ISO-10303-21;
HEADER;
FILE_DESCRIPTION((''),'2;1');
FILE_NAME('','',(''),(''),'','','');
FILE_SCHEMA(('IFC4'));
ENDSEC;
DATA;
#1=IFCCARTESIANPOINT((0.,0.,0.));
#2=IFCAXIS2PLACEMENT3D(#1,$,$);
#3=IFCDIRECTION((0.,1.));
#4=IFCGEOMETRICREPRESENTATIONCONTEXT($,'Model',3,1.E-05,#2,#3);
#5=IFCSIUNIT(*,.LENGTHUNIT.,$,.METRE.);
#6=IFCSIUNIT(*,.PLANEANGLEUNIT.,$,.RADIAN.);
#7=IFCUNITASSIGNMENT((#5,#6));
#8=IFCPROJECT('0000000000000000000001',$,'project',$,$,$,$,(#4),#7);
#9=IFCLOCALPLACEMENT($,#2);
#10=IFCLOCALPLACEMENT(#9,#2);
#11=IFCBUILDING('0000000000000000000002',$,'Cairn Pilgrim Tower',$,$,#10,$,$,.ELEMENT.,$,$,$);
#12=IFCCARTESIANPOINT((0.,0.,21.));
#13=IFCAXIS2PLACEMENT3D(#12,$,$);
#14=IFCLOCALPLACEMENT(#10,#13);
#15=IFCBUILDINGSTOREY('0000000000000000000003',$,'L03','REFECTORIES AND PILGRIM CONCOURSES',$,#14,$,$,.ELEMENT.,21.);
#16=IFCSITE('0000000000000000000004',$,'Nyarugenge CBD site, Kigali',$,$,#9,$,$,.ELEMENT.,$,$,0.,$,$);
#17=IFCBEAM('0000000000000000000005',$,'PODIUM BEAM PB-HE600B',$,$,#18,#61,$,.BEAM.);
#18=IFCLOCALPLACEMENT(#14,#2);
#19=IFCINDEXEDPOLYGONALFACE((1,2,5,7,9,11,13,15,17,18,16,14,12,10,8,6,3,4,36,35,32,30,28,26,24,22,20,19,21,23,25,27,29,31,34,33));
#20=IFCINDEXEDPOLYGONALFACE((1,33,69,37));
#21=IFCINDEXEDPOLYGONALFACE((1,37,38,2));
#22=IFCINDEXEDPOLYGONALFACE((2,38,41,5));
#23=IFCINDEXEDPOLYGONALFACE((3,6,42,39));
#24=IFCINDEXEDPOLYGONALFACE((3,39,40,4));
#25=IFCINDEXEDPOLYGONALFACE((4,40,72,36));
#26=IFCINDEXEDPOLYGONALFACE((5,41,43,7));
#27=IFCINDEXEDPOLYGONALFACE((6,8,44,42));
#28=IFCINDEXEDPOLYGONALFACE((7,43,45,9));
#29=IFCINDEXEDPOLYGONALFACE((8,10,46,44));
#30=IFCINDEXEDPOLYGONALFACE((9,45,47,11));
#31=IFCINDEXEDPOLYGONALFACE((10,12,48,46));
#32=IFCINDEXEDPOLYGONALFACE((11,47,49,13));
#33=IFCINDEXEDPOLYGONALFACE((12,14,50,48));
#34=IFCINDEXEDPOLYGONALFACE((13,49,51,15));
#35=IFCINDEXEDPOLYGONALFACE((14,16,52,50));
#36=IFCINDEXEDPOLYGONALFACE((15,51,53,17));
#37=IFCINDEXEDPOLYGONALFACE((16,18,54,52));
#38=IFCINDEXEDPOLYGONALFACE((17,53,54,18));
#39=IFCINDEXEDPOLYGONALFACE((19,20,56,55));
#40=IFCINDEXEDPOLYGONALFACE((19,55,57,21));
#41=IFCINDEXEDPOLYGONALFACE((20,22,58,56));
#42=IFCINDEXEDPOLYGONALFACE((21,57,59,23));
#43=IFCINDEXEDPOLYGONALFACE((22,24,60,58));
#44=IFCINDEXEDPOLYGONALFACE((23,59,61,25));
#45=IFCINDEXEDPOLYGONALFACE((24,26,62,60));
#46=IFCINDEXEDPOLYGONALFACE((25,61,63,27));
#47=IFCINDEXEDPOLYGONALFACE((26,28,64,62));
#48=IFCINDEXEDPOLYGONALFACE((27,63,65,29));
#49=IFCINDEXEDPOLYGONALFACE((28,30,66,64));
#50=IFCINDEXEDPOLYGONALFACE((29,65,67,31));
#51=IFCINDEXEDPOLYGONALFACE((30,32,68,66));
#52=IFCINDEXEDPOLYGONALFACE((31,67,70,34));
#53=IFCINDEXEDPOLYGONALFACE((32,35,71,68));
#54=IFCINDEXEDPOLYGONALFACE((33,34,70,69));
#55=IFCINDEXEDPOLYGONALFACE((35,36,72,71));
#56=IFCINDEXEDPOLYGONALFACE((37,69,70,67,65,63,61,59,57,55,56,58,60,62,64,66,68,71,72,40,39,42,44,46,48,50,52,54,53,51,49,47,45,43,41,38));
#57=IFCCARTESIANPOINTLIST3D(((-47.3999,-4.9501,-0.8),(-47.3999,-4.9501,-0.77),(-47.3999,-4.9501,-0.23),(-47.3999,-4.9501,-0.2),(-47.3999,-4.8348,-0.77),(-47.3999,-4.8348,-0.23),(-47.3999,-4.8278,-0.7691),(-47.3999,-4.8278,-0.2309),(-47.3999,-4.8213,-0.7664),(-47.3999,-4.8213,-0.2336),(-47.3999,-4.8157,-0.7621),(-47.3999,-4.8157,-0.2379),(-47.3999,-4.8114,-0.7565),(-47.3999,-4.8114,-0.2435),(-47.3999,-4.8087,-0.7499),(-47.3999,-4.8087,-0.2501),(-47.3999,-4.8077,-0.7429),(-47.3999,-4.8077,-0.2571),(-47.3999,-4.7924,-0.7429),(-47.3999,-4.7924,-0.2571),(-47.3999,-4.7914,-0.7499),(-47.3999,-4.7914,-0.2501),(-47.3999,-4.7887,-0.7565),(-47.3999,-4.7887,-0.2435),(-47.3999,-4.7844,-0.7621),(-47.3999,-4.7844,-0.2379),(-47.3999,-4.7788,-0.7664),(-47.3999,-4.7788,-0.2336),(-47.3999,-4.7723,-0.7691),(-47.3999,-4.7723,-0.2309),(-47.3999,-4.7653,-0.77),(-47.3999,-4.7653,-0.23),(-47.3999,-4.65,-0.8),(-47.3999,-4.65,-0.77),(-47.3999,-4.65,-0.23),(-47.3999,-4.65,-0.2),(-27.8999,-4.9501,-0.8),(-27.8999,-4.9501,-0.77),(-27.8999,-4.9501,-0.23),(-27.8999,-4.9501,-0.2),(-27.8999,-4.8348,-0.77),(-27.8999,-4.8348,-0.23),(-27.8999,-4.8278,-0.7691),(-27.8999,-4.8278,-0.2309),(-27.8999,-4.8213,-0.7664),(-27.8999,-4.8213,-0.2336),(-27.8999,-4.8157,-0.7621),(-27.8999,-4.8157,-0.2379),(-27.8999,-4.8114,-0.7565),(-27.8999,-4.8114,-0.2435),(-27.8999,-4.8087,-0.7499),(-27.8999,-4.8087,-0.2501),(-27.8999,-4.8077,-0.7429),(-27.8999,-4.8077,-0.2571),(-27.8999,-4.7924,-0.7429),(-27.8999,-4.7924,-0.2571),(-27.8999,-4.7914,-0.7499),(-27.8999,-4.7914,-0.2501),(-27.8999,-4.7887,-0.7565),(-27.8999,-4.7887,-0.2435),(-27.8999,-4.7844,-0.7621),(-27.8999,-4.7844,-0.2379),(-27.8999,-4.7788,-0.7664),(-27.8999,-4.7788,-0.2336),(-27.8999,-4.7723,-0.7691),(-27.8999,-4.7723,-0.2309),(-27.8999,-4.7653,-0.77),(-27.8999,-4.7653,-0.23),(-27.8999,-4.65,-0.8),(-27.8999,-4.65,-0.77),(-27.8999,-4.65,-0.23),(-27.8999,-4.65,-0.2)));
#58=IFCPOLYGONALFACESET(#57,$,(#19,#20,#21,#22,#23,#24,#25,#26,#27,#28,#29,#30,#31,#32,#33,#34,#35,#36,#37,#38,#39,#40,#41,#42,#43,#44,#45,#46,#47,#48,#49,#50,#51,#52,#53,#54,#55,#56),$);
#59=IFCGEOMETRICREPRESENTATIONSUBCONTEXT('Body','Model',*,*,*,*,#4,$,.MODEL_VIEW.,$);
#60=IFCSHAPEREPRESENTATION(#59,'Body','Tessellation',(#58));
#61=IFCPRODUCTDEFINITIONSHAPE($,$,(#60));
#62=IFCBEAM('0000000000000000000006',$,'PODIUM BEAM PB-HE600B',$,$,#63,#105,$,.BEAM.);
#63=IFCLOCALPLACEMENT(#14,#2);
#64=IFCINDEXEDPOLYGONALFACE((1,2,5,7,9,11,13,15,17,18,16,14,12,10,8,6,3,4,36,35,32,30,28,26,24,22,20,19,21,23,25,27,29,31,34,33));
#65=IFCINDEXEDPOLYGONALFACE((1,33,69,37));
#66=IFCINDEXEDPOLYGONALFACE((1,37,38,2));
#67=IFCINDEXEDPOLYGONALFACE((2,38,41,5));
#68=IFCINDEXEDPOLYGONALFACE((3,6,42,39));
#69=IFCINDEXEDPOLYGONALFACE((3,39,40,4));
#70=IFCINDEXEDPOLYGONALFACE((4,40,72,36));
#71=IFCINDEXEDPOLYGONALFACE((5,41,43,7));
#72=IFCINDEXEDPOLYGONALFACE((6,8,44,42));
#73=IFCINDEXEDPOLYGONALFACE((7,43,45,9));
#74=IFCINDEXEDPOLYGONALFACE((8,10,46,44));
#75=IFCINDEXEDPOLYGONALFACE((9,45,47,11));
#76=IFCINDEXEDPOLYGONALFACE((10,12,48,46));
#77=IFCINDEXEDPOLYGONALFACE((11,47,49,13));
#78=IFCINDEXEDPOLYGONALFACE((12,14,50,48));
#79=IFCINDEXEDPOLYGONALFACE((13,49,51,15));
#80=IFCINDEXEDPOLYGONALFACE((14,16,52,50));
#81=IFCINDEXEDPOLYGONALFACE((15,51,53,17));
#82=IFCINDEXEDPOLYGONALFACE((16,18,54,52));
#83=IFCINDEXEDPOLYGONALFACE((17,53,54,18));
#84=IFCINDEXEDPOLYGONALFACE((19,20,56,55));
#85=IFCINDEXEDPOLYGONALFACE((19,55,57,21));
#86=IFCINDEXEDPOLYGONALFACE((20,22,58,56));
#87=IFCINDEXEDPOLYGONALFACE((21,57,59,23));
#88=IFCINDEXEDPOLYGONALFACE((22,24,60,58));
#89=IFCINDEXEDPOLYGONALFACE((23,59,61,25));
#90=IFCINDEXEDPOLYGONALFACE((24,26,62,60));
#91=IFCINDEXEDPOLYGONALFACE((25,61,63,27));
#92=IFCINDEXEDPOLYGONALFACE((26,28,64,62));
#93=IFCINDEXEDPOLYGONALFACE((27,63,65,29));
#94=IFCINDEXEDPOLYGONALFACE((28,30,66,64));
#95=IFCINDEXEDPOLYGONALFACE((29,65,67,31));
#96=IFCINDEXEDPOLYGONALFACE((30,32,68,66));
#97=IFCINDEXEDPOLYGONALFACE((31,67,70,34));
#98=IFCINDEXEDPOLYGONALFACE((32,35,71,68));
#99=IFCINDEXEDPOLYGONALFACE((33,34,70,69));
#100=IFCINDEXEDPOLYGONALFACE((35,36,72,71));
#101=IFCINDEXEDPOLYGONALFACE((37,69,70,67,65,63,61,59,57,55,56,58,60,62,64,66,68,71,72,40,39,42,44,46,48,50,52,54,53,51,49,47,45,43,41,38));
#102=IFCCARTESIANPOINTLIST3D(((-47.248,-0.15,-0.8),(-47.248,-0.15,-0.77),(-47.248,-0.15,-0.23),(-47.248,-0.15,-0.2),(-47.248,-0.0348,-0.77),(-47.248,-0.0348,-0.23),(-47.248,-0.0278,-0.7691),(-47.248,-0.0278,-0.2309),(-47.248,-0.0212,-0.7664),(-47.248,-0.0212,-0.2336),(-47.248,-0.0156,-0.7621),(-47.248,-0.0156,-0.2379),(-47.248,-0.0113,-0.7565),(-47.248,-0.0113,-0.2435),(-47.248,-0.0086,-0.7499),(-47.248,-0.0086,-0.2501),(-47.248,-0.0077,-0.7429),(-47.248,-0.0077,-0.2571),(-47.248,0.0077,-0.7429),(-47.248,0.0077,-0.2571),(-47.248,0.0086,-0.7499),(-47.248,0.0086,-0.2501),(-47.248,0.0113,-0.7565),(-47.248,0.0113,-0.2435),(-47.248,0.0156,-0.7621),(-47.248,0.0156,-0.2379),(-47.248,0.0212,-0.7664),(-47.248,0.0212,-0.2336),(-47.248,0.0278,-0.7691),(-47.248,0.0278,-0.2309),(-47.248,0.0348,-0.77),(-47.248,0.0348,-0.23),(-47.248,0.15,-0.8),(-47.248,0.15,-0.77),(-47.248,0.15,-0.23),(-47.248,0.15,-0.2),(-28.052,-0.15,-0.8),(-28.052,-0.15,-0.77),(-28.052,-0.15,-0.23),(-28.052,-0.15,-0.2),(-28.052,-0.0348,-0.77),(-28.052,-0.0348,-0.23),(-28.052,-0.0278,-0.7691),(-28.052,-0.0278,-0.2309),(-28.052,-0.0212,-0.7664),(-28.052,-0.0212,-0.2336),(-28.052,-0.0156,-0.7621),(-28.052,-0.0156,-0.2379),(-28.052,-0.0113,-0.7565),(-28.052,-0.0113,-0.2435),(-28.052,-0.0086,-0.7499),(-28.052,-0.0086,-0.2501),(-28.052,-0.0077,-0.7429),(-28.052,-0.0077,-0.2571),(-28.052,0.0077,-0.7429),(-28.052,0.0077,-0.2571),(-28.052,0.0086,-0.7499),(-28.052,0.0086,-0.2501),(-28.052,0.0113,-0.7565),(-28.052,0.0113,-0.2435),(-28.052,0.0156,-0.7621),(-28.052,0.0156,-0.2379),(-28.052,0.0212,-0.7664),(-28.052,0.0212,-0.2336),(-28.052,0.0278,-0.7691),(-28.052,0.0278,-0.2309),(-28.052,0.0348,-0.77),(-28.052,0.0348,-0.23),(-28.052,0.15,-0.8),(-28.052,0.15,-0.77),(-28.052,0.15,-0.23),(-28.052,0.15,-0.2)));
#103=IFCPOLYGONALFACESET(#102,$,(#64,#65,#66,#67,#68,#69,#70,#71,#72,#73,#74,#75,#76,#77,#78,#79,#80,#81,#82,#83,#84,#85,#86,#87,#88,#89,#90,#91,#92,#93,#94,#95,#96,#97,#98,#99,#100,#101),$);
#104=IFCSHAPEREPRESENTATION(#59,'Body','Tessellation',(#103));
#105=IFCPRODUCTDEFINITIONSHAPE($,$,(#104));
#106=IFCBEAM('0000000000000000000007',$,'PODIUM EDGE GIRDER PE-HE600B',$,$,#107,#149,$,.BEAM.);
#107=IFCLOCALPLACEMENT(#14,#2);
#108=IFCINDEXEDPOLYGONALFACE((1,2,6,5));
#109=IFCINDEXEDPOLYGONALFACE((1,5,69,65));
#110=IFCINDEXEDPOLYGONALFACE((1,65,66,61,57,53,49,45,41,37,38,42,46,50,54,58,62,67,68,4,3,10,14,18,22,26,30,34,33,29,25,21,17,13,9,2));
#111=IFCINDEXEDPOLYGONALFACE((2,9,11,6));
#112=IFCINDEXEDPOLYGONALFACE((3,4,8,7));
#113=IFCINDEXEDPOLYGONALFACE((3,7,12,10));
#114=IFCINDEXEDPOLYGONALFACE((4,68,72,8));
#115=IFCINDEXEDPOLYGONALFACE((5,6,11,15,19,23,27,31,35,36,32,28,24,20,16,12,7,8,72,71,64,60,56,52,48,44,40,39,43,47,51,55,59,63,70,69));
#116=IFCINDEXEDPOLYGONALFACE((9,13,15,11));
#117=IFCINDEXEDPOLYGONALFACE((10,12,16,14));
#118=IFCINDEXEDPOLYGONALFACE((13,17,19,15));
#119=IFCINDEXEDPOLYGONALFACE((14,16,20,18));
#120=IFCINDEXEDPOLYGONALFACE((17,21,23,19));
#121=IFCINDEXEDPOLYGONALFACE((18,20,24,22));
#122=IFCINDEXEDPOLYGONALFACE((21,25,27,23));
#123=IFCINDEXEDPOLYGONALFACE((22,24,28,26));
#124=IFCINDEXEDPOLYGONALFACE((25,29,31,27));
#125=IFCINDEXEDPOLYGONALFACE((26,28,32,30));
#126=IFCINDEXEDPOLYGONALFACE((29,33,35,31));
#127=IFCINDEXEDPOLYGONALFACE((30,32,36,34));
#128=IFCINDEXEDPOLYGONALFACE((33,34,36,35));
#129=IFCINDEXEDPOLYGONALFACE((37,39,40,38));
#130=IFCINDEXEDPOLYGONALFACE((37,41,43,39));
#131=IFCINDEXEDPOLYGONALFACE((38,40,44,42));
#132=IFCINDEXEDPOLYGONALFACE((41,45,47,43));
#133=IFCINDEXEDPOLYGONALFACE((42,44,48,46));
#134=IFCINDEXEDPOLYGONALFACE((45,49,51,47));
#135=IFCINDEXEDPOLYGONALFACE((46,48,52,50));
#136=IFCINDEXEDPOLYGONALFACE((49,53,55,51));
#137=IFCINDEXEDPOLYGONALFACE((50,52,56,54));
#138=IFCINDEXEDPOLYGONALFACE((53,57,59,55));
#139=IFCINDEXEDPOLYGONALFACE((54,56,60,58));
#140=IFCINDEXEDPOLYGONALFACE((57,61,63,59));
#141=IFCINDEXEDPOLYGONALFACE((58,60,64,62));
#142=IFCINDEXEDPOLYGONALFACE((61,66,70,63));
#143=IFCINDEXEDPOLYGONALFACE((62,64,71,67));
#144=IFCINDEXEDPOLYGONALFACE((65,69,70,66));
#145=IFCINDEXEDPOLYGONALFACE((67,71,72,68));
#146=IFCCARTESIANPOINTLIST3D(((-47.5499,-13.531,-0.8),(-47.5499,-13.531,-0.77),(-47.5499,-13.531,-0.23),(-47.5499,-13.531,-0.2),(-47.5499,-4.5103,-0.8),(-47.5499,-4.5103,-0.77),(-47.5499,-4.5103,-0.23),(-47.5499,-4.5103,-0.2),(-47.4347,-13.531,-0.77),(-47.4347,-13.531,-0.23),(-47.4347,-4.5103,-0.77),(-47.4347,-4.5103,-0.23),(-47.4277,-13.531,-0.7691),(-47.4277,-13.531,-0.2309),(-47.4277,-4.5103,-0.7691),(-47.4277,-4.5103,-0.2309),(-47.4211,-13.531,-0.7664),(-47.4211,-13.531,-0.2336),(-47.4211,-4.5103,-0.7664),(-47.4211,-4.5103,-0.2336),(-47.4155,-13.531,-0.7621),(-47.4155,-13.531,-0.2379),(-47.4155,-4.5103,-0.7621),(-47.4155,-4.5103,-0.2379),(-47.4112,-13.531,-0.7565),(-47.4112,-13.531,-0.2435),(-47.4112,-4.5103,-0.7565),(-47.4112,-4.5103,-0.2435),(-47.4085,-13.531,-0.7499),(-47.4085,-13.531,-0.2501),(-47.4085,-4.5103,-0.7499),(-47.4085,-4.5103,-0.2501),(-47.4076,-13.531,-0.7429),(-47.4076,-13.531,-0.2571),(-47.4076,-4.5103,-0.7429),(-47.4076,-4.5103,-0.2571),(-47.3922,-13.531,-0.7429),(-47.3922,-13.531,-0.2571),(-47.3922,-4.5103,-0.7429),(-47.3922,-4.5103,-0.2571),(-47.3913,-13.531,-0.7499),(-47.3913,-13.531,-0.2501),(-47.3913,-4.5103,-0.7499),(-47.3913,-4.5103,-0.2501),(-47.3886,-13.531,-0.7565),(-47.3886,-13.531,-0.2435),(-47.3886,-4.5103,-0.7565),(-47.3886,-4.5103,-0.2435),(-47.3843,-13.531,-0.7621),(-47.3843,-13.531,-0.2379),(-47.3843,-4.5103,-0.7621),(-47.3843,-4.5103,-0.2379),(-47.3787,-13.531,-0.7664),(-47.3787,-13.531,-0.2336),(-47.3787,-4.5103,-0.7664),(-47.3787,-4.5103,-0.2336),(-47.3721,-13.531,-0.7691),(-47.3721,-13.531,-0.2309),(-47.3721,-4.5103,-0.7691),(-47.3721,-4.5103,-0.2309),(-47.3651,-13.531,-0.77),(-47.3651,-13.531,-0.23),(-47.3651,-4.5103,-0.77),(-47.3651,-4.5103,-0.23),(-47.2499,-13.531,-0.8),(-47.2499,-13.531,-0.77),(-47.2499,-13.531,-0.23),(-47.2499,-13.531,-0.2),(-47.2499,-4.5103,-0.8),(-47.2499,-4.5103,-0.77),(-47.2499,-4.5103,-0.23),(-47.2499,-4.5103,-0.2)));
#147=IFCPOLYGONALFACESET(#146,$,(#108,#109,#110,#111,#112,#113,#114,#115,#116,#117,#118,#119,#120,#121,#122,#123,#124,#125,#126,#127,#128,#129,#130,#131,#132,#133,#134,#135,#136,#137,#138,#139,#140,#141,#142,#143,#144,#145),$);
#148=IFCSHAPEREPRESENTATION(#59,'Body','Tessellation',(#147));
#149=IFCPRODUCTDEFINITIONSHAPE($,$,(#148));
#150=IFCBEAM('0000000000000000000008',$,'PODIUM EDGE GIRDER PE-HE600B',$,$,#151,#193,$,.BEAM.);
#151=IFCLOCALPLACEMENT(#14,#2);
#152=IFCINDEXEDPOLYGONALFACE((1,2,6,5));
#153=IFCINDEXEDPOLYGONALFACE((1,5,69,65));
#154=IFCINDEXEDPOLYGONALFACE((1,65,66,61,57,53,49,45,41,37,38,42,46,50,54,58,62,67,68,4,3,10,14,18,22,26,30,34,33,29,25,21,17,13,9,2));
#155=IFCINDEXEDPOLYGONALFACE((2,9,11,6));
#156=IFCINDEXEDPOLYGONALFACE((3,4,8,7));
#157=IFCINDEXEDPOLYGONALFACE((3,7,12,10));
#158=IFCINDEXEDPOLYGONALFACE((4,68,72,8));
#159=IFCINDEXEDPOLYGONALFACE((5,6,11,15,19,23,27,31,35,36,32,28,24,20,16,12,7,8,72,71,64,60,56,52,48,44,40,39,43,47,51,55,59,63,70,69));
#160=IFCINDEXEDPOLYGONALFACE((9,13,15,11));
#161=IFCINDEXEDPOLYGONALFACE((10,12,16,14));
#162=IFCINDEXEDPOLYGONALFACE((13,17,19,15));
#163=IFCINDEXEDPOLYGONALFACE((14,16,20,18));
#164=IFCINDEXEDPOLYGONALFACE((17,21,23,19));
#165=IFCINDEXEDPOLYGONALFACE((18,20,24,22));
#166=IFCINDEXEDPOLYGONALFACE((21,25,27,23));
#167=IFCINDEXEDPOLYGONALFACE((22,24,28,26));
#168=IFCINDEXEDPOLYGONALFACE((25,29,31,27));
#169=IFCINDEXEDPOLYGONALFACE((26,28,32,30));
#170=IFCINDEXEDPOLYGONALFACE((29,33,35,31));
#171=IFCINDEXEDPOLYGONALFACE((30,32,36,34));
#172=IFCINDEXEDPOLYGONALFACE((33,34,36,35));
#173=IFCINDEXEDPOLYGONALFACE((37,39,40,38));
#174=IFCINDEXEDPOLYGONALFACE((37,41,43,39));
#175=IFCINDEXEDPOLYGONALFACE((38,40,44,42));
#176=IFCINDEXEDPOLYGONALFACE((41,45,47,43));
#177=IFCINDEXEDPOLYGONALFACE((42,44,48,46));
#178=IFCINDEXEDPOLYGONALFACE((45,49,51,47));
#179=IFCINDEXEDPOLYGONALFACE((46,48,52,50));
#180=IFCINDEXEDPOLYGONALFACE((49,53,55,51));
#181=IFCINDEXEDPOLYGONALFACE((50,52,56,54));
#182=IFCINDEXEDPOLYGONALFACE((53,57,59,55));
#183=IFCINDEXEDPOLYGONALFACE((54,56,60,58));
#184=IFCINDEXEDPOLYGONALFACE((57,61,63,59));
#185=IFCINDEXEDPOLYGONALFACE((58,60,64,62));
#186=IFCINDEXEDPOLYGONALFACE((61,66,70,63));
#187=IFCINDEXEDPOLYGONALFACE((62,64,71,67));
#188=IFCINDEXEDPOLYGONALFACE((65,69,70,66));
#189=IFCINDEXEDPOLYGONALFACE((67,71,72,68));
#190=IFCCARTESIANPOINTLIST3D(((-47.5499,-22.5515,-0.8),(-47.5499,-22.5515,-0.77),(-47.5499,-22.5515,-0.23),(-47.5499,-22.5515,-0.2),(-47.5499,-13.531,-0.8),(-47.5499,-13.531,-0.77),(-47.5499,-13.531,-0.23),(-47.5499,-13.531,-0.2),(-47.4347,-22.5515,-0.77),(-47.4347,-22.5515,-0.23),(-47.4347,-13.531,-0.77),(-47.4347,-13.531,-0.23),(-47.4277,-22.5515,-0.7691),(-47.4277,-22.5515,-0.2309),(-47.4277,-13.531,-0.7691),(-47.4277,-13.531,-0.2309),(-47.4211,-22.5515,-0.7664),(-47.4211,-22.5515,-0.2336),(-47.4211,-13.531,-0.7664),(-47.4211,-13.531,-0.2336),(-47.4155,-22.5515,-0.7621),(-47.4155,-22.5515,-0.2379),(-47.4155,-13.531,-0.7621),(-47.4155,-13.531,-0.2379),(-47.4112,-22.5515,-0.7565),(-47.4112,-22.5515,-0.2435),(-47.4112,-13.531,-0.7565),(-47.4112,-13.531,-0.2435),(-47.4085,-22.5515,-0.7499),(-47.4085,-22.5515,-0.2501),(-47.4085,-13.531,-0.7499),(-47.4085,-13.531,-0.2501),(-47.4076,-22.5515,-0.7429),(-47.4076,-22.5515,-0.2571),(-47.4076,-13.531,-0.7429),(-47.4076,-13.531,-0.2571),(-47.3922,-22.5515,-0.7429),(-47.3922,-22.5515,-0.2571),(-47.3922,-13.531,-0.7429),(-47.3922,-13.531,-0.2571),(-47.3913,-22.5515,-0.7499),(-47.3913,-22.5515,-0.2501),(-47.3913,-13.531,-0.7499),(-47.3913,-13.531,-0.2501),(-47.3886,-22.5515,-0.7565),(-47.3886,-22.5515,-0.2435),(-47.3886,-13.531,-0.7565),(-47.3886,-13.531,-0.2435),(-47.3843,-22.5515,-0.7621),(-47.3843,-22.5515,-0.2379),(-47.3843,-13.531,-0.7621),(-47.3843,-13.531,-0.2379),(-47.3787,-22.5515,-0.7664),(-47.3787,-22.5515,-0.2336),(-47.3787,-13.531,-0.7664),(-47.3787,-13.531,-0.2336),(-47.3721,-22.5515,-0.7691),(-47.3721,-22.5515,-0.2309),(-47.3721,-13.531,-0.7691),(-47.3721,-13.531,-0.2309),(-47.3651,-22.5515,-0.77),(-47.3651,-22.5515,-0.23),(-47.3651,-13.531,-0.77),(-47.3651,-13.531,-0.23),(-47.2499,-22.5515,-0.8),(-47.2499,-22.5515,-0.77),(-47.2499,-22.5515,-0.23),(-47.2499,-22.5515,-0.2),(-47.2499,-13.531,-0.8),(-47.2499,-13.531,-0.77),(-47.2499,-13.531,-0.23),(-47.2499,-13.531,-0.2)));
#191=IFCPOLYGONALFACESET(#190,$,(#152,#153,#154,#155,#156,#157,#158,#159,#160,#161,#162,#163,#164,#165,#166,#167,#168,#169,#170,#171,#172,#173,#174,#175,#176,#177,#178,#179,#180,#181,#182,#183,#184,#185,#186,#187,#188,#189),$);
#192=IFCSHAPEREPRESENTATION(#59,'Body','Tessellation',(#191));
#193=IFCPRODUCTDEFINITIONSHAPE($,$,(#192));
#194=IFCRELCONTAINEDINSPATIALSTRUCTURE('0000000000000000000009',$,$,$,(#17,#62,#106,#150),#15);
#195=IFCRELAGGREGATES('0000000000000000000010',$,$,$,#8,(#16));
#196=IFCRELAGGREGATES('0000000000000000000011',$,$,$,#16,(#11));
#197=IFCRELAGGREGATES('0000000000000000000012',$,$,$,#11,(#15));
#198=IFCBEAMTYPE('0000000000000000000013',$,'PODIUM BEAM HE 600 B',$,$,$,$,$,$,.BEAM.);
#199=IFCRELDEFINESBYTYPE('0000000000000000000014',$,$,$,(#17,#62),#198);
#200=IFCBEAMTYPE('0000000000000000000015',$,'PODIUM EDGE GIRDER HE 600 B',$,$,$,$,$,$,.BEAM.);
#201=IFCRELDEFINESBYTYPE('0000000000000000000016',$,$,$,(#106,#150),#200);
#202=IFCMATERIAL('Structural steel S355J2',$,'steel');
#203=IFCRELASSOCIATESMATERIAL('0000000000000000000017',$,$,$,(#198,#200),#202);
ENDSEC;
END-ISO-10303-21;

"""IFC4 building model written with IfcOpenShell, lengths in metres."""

from ifc_helpers import new_model, si_unit, direction, frame, origin, origin_2d, place, context, subcontext, project, spatial, i_section, extrude, material, material_profile, profile_set, type_object, element, save


model = new_model("IFC4")

# Units and contexts
model_context = context("Model", 3, precision=1e-05, world=origin(), true_north=direction((0.0, 1.0)))
body_context = subcontext(model_context, "Body", "Model", "MODEL_VIEW")
ifc_project = project(units=[si_unit("LENGTHUNIT", "METRE"), si_unit("PLANEANGLEUNIT", "RADIAN")], contexts=[model_context])

# Site, building, storey
site_placement = place(None, origin())
site = spatial("IfcSite", under=ifc_project, at=site_placement, Name="Nyarugenge CBD site, Kigali", CompositionType="ELEMENT", RefElevation=0.0)
building_placement = place(site_placement, origin())
building = spatial("IfcBuilding", under=site, at=building_placement, Name="Cairn Pilgrim Tower", CompositionType="ELEMENT")
storey_placement = place(building_placement, frame((0.0, 0.0, 21.0)))
storey = spatial("IfcBuildingStorey", under=building, at=storey_placement, Name="L03", Description="REFECTORIES AND PILGRIM CONCOURSES", CompositionType="ELEMENT", Elevation=21.0)

# Beams
ifc_material_1 = material(Name="Structural steel S355J2", Category="steel")
ifc_material_profile_1 = material_profile(ifc_material_1, i_section(OverallWidth=0.3, OverallDepth=0.6001, WebThickness=0.0154, FlangeThickness=0.03, FilletRadius=0.0271, at=origin_2d()), Name="HEB 600")
ifc_profile_set_1 = profile_set([ifc_material_profile_1], Name="Structural steel S355J2")
beam_type_1 = type_object("IfcBeamType", Name="PODIUM BEAM HE 600 B", PredefinedType="BEAM", material=ifc_profile_set_1)
beam_1_placement = place(storey_placement, frame((-47.3999, -4.8, -0.5), z_axis=(1.0, 0.0, 0.0), x_axis=(0.0, 1.0, 0.0)))
element("IfcBeam", 1, at=beam_1_placement, inside=storey, type_object=beam_type_1, Name="PODIUM BEAM PB-HE600B", PredefinedType="BEAM", context=body_context, shape_type="SweptSolid", body=[
    extrude(i_section(OverallWidth=0.3, OverallDepth=0.6001, WebThickness=0.0154, FlangeThickness=0.03, FilletRadius=0.0271, at=origin_2d()), origin(), (0.0, 0.0, 1.0), 19.5),
])
beam_2_placement = place(storey_placement, frame((-47.248, 0.0, -0.5), z_axis=(1.0, 0.0, 0.0), x_axis=(0.0, 1.0, 0.0)))
element("IfcBeam", 2, at=beam_2_placement, inside=storey, type_object=beam_type_1, Name="PODIUM BEAM PB-HE600B", PredefinedType="BEAM", context=body_context, shape_type="SweptSolid", body=[
    extrude(i_section(OverallWidth=0.3, OverallDepth=0.6001, WebThickness=0.0154, FlangeThickness=0.03, FilletRadius=0.0271, at=origin_2d()), origin(), (0.0, 0.0, 1.0), 19.196),
])
ifc_material_profile_2 = material_profile(ifc_material_1, i_section(OverallWidth=0.3, OverallDepth=0.6001, WebThickness=0.0154, FlangeThickness=0.03, FilletRadius=0.0271, at=origin_2d()), Name="HEB 600")
ifc_profile_set_2 = profile_set([ifc_material_profile_2], Name="Structural steel S355J2")
beam_type_2 = type_object("IfcBeamType", Name="PODIUM EDGE GIRDER HE 600 B", PredefinedType="BEAM", material=ifc_profile_set_2)
beam_3_placement = place(storey_placement, frame((-47.3999, -4.5103, -0.5), z_axis=(0.0, -1.0, 0.0), x_axis=(1.0, 0.0, 0.0)))
element("IfcBeam", 3, at=beam_3_placement, inside=storey, type_object=beam_type_2, Name="PODIUM EDGE GIRDER PE-HE600B", PredefinedType="BEAM", context=body_context, shape_type="SweptSolid", body=[
    extrude(i_section(OverallWidth=0.3, OverallDepth=0.6001, WebThickness=0.0154, FlangeThickness=0.03, FilletRadius=0.0271, at=origin_2d()), origin(), (0.0, 0.0, 1.0), 9.0208),
])
beam_4_placement = place(storey_placement, frame((-47.3999, -13.531, -0.5), z_axis=(0.0, -1.0, 0.0), x_axis=(1.0, 0.0, 0.0)))
element("IfcBeam", 4, at=beam_4_placement, inside=storey, type_object=beam_type_2, Name="PODIUM EDGE GIRDER PE-HE600B", PredefinedType="BEAM", context=body_context, shape_type="SweptSolid", body=[
    extrude(i_section(OverallWidth=0.3, OverallDepth=0.6001, WebThickness=0.0154, FlangeThickness=0.03, FilletRadius=0.0271, at=origin_2d()), origin(), (0.0, 0.0, 1.0), 9.0205),
])

save(model, "model.ifc")
